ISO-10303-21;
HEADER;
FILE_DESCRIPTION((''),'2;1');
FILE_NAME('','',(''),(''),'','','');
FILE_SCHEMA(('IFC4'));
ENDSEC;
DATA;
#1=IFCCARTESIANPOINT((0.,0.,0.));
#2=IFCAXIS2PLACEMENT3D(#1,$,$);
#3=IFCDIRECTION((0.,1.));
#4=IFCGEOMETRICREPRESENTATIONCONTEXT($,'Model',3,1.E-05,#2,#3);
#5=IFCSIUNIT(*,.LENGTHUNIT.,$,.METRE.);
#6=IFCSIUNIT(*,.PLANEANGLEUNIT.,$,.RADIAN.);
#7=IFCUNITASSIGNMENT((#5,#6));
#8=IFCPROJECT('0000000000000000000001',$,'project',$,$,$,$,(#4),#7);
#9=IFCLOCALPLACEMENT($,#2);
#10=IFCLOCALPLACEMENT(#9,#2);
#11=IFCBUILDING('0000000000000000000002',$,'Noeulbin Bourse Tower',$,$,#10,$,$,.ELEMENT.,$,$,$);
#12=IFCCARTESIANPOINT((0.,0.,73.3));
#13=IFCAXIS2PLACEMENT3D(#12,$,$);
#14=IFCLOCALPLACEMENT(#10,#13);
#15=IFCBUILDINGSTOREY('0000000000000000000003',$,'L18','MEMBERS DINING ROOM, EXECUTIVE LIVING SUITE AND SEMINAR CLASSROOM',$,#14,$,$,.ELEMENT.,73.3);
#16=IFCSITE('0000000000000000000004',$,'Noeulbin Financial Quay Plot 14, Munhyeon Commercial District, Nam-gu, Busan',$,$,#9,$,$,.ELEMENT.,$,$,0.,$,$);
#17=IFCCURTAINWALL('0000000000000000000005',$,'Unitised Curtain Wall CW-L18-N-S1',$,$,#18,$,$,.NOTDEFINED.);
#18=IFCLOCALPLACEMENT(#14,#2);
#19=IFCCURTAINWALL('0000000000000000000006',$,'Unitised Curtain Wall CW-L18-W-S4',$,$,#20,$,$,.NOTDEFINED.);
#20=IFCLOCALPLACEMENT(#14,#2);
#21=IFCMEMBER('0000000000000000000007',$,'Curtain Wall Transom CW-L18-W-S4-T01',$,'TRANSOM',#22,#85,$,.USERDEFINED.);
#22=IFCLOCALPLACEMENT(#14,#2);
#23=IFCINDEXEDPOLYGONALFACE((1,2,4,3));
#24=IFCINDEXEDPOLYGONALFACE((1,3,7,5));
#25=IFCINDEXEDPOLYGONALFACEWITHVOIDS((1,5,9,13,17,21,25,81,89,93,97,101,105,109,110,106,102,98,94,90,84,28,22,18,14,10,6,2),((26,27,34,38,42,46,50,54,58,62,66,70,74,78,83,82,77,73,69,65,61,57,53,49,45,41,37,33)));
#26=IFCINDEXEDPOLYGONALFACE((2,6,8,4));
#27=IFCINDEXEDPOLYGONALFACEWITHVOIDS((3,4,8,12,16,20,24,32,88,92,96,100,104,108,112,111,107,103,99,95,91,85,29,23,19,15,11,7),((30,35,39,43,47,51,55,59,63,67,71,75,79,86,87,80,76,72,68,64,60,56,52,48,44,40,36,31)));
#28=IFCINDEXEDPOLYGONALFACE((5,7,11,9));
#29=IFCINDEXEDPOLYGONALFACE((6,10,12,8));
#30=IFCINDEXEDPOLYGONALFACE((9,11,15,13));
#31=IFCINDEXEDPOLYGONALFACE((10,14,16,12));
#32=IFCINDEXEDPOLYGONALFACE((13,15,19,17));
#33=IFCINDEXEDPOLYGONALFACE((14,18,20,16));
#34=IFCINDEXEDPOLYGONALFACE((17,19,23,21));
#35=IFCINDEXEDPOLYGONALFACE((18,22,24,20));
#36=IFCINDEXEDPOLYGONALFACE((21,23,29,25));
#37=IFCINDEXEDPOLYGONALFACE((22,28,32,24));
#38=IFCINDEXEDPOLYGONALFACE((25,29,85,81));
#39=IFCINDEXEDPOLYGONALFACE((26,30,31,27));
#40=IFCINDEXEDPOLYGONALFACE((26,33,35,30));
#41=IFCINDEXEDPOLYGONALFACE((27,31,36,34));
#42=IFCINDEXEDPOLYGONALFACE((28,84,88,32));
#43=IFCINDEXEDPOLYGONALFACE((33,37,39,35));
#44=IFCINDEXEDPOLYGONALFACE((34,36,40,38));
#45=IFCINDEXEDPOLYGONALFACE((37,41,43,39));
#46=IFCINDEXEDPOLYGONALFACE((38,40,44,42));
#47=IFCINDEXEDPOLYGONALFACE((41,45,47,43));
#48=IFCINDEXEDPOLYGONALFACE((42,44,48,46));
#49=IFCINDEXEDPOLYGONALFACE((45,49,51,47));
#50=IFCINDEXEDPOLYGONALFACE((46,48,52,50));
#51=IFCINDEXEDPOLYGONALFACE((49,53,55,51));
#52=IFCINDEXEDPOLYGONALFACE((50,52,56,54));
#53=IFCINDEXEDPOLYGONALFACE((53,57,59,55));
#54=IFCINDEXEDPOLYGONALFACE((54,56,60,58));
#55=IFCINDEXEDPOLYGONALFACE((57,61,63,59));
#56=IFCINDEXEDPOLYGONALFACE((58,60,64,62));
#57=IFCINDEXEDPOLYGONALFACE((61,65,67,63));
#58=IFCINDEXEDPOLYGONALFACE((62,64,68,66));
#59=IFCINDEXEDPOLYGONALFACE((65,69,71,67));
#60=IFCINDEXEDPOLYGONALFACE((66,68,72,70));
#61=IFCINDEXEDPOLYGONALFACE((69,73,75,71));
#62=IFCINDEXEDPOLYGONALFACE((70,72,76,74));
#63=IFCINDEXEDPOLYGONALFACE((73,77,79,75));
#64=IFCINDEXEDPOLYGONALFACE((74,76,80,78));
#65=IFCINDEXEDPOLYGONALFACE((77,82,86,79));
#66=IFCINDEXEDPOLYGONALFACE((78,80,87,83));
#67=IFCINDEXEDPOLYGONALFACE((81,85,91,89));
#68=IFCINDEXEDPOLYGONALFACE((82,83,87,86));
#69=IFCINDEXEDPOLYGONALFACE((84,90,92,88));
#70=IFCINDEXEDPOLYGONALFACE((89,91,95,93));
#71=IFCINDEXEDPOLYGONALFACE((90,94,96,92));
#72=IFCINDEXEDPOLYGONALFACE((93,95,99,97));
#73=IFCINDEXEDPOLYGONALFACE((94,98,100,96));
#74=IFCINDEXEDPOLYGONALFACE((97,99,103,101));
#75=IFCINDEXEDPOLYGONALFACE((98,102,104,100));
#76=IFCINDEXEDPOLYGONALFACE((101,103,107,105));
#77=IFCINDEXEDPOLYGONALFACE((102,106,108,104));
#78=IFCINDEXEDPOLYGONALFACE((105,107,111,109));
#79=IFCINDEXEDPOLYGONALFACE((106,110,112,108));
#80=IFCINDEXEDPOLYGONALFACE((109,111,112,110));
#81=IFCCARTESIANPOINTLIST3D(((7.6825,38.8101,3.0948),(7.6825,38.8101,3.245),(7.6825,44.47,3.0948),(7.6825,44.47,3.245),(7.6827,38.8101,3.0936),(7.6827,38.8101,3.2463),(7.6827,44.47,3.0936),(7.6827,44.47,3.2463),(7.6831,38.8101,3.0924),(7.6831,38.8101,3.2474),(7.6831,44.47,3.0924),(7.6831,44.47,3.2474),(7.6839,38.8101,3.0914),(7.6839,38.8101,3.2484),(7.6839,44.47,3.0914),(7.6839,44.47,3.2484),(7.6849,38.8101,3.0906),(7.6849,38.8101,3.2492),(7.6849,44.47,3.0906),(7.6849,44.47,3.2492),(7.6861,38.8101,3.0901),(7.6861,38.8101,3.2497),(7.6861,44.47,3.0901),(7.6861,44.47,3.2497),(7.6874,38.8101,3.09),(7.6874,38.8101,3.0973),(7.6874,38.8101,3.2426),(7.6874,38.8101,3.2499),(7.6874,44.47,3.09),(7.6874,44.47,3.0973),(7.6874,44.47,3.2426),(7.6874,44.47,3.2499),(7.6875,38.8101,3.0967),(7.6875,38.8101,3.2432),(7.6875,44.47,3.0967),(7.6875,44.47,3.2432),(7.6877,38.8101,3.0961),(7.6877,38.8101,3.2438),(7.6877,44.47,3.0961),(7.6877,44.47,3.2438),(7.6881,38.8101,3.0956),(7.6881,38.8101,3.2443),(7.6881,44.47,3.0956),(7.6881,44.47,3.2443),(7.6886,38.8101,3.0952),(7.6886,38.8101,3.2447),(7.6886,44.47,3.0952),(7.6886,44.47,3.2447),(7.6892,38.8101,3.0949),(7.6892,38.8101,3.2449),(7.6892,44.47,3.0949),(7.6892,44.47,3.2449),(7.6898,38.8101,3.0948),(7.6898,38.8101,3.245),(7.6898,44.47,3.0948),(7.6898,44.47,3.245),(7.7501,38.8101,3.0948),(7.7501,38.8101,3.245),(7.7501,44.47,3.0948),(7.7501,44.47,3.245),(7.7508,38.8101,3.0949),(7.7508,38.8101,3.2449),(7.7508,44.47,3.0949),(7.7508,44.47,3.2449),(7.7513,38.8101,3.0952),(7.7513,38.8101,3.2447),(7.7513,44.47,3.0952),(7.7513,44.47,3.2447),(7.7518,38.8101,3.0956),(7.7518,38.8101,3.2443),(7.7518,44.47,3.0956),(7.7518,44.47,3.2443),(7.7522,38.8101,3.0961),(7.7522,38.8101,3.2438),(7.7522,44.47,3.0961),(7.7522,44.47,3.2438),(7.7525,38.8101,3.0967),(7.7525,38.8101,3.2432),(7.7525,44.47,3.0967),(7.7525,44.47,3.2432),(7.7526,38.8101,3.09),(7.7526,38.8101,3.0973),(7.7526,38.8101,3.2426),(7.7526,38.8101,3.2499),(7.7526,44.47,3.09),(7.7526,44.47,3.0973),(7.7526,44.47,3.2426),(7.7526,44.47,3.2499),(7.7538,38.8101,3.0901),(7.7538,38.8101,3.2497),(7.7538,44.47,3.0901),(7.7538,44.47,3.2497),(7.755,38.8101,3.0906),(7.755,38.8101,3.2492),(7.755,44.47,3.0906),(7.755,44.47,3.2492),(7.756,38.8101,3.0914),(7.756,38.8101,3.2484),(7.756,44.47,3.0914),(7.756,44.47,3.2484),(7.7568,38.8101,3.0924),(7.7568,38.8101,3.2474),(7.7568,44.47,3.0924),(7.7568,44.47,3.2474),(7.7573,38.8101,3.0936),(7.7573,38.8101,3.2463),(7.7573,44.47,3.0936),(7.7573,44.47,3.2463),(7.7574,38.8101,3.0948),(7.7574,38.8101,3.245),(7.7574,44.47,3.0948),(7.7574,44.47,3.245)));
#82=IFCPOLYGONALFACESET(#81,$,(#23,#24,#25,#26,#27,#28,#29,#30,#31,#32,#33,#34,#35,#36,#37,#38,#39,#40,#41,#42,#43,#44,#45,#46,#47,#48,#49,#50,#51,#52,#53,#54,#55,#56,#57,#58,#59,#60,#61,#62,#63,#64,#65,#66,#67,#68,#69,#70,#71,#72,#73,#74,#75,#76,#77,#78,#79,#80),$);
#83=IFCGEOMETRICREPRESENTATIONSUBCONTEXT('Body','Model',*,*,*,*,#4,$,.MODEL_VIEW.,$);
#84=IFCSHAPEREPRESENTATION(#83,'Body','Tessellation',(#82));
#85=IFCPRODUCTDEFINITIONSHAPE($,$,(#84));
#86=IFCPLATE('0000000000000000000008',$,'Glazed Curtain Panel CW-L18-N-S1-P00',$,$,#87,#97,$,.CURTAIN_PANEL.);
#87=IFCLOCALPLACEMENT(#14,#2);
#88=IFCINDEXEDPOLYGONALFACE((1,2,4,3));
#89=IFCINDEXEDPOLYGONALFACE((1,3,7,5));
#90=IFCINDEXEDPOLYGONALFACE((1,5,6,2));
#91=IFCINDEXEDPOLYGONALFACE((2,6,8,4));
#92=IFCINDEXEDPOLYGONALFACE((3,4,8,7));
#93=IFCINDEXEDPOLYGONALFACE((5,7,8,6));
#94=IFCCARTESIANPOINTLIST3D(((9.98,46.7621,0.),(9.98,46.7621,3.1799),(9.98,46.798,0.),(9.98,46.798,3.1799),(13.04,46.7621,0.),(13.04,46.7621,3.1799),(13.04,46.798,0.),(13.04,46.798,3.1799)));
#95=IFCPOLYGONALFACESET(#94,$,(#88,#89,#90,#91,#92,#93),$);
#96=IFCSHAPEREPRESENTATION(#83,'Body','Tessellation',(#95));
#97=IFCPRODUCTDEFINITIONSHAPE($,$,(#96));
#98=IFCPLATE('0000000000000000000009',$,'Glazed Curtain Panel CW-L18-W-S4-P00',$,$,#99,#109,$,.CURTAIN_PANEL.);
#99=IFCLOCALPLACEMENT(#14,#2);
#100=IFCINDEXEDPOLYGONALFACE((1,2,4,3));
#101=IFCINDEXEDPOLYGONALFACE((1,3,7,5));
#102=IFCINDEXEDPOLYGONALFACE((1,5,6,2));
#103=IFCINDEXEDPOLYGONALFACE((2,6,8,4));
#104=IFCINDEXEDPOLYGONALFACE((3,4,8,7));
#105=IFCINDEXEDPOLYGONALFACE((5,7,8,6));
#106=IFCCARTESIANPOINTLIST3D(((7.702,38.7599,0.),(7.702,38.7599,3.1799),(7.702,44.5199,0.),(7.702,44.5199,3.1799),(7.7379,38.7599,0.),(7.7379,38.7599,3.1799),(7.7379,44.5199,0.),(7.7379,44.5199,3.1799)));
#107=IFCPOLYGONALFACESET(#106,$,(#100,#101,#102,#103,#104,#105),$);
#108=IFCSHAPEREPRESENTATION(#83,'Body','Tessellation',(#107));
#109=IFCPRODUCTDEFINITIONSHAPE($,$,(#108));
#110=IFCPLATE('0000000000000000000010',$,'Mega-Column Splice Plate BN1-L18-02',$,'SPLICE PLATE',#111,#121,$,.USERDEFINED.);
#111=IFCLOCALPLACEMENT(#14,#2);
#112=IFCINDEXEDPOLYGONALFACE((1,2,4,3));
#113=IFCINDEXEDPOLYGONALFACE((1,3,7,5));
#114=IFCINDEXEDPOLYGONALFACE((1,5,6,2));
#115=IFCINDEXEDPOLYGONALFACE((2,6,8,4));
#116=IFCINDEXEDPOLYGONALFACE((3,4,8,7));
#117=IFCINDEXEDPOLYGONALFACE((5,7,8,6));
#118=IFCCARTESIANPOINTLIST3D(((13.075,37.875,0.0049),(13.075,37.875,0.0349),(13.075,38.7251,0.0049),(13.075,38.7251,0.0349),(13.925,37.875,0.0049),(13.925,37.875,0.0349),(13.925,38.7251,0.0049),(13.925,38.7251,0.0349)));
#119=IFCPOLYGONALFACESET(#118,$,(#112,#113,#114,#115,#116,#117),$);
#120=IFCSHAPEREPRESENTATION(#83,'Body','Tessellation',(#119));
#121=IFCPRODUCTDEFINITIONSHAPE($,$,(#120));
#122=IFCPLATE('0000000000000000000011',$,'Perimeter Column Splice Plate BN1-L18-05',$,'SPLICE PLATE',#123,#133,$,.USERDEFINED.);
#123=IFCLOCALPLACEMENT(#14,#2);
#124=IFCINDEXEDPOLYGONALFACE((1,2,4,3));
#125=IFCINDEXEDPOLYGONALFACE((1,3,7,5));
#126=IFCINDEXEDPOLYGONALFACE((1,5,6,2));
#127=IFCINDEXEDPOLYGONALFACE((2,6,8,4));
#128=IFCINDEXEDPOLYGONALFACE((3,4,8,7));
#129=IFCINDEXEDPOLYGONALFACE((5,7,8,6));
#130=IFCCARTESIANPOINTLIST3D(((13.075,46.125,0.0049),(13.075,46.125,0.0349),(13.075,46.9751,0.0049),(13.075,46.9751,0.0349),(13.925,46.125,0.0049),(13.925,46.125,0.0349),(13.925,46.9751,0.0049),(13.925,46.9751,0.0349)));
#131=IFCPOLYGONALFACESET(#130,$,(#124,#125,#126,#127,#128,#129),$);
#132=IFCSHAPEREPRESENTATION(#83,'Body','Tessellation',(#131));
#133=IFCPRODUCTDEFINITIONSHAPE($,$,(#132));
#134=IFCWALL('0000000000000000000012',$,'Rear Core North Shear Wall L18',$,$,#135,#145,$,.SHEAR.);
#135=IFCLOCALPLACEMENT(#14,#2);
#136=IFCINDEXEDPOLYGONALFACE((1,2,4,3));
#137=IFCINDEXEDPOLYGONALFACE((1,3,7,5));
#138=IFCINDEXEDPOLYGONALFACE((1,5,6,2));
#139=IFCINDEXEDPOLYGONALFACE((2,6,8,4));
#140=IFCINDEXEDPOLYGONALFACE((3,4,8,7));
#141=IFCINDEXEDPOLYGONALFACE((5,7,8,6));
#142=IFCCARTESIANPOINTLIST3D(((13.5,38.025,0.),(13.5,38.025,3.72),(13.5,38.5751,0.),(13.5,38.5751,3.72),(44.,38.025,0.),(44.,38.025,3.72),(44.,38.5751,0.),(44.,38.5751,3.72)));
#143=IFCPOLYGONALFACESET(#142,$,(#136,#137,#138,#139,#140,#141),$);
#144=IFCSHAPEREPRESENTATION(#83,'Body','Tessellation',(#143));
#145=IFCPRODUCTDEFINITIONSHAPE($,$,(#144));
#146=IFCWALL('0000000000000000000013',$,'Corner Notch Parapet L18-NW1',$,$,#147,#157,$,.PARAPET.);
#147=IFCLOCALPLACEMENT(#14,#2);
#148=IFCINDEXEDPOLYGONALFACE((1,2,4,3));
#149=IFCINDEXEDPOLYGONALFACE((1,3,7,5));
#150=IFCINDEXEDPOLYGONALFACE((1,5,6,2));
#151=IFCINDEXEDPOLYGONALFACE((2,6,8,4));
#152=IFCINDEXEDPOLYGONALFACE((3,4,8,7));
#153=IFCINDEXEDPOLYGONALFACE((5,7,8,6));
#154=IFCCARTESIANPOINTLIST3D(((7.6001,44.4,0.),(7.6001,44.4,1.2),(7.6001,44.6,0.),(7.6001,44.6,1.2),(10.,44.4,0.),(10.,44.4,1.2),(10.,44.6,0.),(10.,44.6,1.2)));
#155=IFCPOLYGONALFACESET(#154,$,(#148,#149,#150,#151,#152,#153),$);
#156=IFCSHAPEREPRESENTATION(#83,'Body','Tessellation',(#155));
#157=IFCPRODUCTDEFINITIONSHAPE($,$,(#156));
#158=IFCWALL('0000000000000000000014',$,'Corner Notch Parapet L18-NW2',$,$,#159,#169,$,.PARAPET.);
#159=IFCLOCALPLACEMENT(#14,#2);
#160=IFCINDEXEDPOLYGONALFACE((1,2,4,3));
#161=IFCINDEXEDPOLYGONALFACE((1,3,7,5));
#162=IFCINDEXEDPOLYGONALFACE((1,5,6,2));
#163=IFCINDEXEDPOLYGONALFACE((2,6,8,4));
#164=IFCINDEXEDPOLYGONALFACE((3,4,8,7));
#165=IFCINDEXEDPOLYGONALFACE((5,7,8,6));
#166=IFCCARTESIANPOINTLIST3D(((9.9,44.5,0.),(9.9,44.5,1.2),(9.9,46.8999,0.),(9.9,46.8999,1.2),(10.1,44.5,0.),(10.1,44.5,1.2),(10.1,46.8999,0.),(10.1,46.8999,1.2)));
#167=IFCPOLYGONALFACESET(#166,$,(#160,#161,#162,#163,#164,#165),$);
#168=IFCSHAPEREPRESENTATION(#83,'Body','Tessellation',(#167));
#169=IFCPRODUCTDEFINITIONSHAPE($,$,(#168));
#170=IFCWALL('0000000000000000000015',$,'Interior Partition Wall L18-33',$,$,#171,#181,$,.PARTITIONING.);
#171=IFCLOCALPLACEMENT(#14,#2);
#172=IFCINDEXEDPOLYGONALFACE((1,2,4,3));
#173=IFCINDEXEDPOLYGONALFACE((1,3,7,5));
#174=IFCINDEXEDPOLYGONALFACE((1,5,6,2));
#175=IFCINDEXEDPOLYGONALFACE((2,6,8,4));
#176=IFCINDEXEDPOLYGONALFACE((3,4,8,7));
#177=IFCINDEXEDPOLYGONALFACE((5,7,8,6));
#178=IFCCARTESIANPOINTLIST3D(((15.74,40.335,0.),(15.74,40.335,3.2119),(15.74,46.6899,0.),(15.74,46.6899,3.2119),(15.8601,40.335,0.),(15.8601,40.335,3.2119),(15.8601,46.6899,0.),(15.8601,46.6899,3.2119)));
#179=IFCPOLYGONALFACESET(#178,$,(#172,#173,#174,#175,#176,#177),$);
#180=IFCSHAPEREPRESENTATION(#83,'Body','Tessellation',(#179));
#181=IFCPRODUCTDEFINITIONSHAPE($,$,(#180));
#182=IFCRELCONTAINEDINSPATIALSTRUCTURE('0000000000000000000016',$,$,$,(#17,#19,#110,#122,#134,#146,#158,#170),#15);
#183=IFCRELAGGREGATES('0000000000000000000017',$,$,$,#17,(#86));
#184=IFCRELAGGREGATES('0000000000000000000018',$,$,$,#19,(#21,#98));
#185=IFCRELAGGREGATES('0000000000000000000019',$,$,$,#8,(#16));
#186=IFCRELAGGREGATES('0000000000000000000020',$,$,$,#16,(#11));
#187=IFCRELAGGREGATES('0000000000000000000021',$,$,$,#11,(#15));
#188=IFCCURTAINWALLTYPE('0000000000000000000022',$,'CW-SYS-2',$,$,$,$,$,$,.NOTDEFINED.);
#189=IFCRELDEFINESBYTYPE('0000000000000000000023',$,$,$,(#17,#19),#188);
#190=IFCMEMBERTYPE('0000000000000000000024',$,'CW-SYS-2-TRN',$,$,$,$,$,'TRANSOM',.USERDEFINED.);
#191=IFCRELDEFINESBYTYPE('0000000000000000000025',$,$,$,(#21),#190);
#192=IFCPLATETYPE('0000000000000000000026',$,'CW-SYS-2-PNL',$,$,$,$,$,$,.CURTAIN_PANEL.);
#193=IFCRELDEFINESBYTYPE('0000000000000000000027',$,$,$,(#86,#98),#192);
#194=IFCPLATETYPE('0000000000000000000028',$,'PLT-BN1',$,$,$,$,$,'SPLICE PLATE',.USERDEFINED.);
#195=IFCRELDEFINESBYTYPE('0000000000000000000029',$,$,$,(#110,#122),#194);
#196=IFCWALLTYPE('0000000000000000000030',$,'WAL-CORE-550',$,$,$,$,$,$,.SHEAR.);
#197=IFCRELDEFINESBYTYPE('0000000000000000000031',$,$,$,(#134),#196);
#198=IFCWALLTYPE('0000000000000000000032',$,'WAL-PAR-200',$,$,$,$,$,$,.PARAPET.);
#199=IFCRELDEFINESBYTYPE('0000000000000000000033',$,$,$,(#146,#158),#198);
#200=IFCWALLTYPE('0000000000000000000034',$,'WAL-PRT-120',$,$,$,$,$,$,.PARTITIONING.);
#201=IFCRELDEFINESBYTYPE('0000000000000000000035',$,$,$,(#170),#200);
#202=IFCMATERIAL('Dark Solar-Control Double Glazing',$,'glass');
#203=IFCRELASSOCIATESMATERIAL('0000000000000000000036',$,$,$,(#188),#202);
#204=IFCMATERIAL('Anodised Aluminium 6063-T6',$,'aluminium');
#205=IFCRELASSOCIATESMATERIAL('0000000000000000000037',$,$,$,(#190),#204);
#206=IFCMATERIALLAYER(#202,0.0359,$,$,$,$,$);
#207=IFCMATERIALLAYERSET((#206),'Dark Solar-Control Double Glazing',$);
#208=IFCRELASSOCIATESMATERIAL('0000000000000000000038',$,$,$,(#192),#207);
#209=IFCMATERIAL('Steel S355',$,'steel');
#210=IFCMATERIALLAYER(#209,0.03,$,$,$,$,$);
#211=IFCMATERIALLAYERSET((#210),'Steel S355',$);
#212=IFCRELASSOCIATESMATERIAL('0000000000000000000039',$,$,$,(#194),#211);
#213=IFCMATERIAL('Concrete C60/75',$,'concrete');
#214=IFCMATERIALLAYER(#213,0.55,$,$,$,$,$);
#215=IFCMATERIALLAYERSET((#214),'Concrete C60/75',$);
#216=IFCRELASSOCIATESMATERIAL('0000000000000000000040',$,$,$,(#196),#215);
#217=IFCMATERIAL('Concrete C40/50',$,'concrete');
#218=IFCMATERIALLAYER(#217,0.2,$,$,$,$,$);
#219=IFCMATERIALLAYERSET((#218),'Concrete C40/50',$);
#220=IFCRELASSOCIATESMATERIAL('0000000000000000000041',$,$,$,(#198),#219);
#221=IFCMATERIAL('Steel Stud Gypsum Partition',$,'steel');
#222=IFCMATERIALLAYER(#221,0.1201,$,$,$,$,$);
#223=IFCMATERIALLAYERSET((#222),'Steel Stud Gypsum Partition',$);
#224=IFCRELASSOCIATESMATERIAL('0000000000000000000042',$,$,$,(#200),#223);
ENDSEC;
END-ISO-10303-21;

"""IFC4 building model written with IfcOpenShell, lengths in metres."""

from ifc_helpers import new_model, si_unit, direction, frame, frame_2d, origin, origin_2d, place, context, subcontext, project, spatial, rectangle, hollow_rectangle, extrude, material, layer, layer_set, material_profile, profile_set, type_object, element, aggregate, save


model = new_model("IFC4")

# Units and contexts
model_context = context("Model", 3, precision=1e-05, world=origin(), true_north=direction((0.0, 1.0)))
body_context = subcontext(model_context, "Body", "Model", "MODEL_VIEW")
ifc_project = project(units=[si_unit("LENGTHUNIT", "METRE"), si_unit("PLANEANGLEUNIT", "RADIAN")], contexts=[model_context])

# Site, building, storey
site_placement = place(None, origin())
site = spatial("IfcSite", under=ifc_project, at=site_placement, Name="Noeulbin Financial Quay Plot 14, Munhyeon Commercial District, Nam-gu, Busan", CompositionType="ELEMENT", RefElevation=0.0)
building_placement = place(site_placement, origin())
building = spatial("IfcBuilding", under=site, at=building_placement, Name="Noeulbin Bourse Tower", CompositionType="ELEMENT")
storey_placement = place(building_placement, frame((0.0, 0.0, 73.3)))
storey = spatial("IfcBuildingStorey", under=building, at=storey_placement, Name="L18", Description="MEMBERS DINING ROOM, EXECUTIVE LIVING SUITE AND SEMINAR CLASSROOM", CompositionType="ELEMENT", Elevation=73.3)

# Shared definitions
ifc_material_1 = material(Name="Steel S355", Category="steel")

# Curtain wall
ifc_material_2 = material(Name="Dark Solar-Control Double Glazing", Category="glass")
curtain_wall_type = type_object("IfcCurtainWallType", Name="CW-SYS-2", PredefinedType="NOTDEFINED", material=ifc_material_2)
curtain_wall_1_placement = place(storey_placement, origin())
curtain_wall_1 = element("IfcCurtainWall", 1, at=curtain_wall_1_placement, inside=storey, type_object=curtain_wall_type, Name="Unitised Curtain Wall CW-L18-N-S1", PredefinedType="NOTDEFINED")
ifc_material_3 = material(Name="Anodised Aluminium 6063-T6", Category="aluminium")

# Curtain wall
curtain_wall_2_placement = place(storey_placement, origin())
curtain_wall_2 = element("IfcCurtainWall", 2, at=curtain_wall_2_placement, inside=storey, type_object=curtain_wall_type, Name="Unitised Curtain Wall CW-L18-W-S4", PredefinedType="NOTDEFINED")

# Member
ifc_material_profile_1 = material_profile(ifc_material_3, hollow_rectangle(XDim=0.075, YDim=0.1599, WallThickness=0.0049, InnerFilletRadius=0.0024, OuterFilletRadius=0.0049, at=origin_2d()), Name="ALU-TRAN-75x160x5", Category="LoadBearing")
ifc_profile_set_1 = profile_set([ifc_material_profile_1], Name="Anodised Aluminium 6063-T6")
member_type_1 = type_object("IfcMemberType", Name="CW-SYS-2-TRN", ElementType="TRANSOM", PredefinedType="USERDEFINED", material=ifc_profile_set_1)
member_1_placement = place(storey_placement, frame((7.72, 38.8101, 3.1699), z_axis=(0.0, 1.0, 0.0), x_axis=(-1.0, 0.0, 0.0)))
member_1 = element("IfcMember", 3, at=member_1_placement, type_object=member_type_1, Name="Curtain Wall Transom CW-L18-W-S4-T01", ObjectType="TRANSOM", PredefinedType="USERDEFINED", context=body_context, shape_type="SweptSolid", body=[
    extrude(hollow_rectangle(XDim=0.075, YDim=0.1599, WallThickness=0.0049, InnerFilletRadius=0.0024, OuterFilletRadius=0.0049, at=origin_2d()), origin(), (0.0, 0.0, 1.0), 5.6599),
])

# Plates
ifc_layer_1 = layer(ifc_material_2, 0.0359)
ifc_layer_set_1 = layer_set([ifc_layer_1], Name="Dark Solar-Control Double Glazing")
plate_type_1 = type_object("IfcPlateType", Name="CW-SYS-2-PNL", PredefinedType="CURTAIN_PANEL", material=ifc_layer_set_1)
plate_1_placement = place(storey_placement, frame((11.51, 46.78, 0.0), z_axis=(0.0, 0.0, 1.0), x_axis=(1.0, 0.0, 0.0)))
plate_1 = element("IfcPlate", 4, at=plate_1_placement, type_object=plate_type_1, Name="Glazed Curtain Panel CW-L18-N-S1-P00", PredefinedType="CURTAIN_PANEL", context=body_context, shape_type="SweptSolid", body=[
    extrude(rectangle(XDim=3.0601, YDim=0.0359, at=origin_2d()), origin(), (0.0, 0.0, 1.0), 3.1799),
])
aggregate(curtain_wall_1, [plate_1])
plate_2_placement = place(storey_placement, frame((7.72, 41.6399, 0.0), z_axis=(0.0, 0.0, 1.0), x_axis=(0.0, 1.0, 0.0)))
plate_2 = element("IfcPlate", 5, at=plate_2_placement, type_object=plate_type_1, Name="Glazed Curtain Panel CW-L18-W-S4-P00", PredefinedType="CURTAIN_PANEL", context=body_context, shape_type="SweptSolid", body=[
    extrude(rectangle(XDim=5.76, YDim=0.0359, at=origin_2d()), origin(), (0.0, 0.0, 1.0), 3.1799),
])
aggregate(curtain_wall_2, [member_1, plate_2])

# Plates
ifc_layer_2 = layer(ifc_material_1, 0.03)
ifc_layer_set_2 = layer_set([ifc_layer_2], Name="Steel S355")
plate_type_2 = type_object("IfcPlateType", Name="PLT-BN1", ElementType="SPLICE PLATE", PredefinedType="USERDEFINED", material=ifc_layer_set_2)
for number, where, z_axis, x_axis, name in (
    (6, (13.5, 38.3, 0.0049), (0.0, 0.0, 1.0), (1.0, 0.0, 0.0), "Mega-Column Splice Plate BN1-L18-02"),
    (7, (13.5, 46.55, 0.0049), (0.0, 0.0, 1.0), (1.0, 0.0, 0.0), "Perimeter Column Splice Plate BN1-L18-05"),
):
    element("IfcPlate", number, at=place(storey_placement, frame(where, z_axis=z_axis, x_axis=x_axis)), inside=storey, type_object=plate_type_2, Name=name, ObjectType="SPLICE PLATE", PredefinedType="USERDEFINED", context=body_context, shape_type="SweptSolid", body=[
        extrude(rectangle(XDim=0.8501, YDim=0.8501, at=origin_2d()), origin(), (0.0, 0.0, 1.0), 0.03),
    ])

# Walls
ifc_material_4 = material(Name="Concrete C60/75", Category="concrete")
ifc_layer_3 = layer(ifc_material_4, 0.55)
ifc_layer_set_3 = layer_set([ifc_layer_3], Name="Concrete C60/75")
wall_type_1 = type_object("IfcWallType", Name="WAL-CORE-550", PredefinedType="SHEAR", material=ifc_layer_set_3)
wall_1_placement = place(storey_placement, frame((13.5, 38.3, 0.0), z_axis=(0.0, 0.0, 1.0), x_axis=(1.0, 0.0, 0.0)))
element("IfcWall", 8, at=wall_1_placement, inside=storey, type_object=wall_type_1, Name="Rear Core North Shear Wall L18", PredefinedType="SHEAR", context=body_context, shape_type="SweptSolid", body=[
    extrude(rectangle(XDim=30.5, YDim=0.55, at=frame_2d((15.25, 0.0))), origin(), (0.0, 0.0, 1.0), 3.72),
])
ifc_material_5 = material(Name="Concrete C40/50", Category="concrete")
ifc_layer_4 = layer(ifc_material_5, 0.2)
ifc_layer_set_4 = layer_set([ifc_layer_4], Name="Concrete C40/50")
wall_type_2 = type_object("IfcWallType", Name="WAL-PAR-200", PredefinedType="PARAPET", material=ifc_layer_set_4)
for number, where, z_axis, x_axis, name in (
    (9, (7.6001, 44.5, 0.0), (0.0, 0.0, 1.0), (1.0, 0.0, 0.0), "Corner Notch Parapet L18-NW1"),
    (10, (10.0, 44.5, 0.0), (0.0, 0.0, 1.0), (0.0, 1.0, 0.0), "Corner Notch Parapet L18-NW2"),
):
    element("IfcWall", number, at=place(storey_placement, frame(where, z_axis=z_axis, x_axis=x_axis)), inside=storey, type_object=wall_type_2, Name=name, PredefinedType="PARAPET", context=body_context, shape_type="SweptSolid", body=[
        extrude(rectangle(XDim=2.3999, YDim=0.2, at=frame_2d((1.2, 0.0))), origin(), (0.0, 0.0, 1.0), 1.2),
    ])
ifc_material_6 = material(Name="Steel Stud Gypsum Partition", Category="steel")
ifc_layer_5 = layer(ifc_material_6, 0.1201)
ifc_layer_set_5 = layer_set([ifc_layer_5], Name="Steel Stud Gypsum Partition")
wall_type_3 = type_object("IfcWallType", Name="WAL-PRT-120", PredefinedType="PARTITIONING", material=ifc_layer_set_5)
wall_2_placement = place(storey_placement, frame((15.8, 40.335, 0.0), z_axis=(0.0, 0.0, 1.0), x_axis=(0.0, 1.0, 0.0)))
element("IfcWall", 11, at=wall_2_placement, inside=storey, type_object=wall_type_3, Name="Interior Partition Wall L18-33", PredefinedType="PARTITIONING", context=body_context, shape_type="SweptSolid", body=[
    extrude(rectangle(XDim=6.355, YDim=0.1201, at=frame_2d((3.1775, 0.0))), origin(), (0.0, 0.0, 1.0), 3.2119),
])

save(model, "model.ifc")
